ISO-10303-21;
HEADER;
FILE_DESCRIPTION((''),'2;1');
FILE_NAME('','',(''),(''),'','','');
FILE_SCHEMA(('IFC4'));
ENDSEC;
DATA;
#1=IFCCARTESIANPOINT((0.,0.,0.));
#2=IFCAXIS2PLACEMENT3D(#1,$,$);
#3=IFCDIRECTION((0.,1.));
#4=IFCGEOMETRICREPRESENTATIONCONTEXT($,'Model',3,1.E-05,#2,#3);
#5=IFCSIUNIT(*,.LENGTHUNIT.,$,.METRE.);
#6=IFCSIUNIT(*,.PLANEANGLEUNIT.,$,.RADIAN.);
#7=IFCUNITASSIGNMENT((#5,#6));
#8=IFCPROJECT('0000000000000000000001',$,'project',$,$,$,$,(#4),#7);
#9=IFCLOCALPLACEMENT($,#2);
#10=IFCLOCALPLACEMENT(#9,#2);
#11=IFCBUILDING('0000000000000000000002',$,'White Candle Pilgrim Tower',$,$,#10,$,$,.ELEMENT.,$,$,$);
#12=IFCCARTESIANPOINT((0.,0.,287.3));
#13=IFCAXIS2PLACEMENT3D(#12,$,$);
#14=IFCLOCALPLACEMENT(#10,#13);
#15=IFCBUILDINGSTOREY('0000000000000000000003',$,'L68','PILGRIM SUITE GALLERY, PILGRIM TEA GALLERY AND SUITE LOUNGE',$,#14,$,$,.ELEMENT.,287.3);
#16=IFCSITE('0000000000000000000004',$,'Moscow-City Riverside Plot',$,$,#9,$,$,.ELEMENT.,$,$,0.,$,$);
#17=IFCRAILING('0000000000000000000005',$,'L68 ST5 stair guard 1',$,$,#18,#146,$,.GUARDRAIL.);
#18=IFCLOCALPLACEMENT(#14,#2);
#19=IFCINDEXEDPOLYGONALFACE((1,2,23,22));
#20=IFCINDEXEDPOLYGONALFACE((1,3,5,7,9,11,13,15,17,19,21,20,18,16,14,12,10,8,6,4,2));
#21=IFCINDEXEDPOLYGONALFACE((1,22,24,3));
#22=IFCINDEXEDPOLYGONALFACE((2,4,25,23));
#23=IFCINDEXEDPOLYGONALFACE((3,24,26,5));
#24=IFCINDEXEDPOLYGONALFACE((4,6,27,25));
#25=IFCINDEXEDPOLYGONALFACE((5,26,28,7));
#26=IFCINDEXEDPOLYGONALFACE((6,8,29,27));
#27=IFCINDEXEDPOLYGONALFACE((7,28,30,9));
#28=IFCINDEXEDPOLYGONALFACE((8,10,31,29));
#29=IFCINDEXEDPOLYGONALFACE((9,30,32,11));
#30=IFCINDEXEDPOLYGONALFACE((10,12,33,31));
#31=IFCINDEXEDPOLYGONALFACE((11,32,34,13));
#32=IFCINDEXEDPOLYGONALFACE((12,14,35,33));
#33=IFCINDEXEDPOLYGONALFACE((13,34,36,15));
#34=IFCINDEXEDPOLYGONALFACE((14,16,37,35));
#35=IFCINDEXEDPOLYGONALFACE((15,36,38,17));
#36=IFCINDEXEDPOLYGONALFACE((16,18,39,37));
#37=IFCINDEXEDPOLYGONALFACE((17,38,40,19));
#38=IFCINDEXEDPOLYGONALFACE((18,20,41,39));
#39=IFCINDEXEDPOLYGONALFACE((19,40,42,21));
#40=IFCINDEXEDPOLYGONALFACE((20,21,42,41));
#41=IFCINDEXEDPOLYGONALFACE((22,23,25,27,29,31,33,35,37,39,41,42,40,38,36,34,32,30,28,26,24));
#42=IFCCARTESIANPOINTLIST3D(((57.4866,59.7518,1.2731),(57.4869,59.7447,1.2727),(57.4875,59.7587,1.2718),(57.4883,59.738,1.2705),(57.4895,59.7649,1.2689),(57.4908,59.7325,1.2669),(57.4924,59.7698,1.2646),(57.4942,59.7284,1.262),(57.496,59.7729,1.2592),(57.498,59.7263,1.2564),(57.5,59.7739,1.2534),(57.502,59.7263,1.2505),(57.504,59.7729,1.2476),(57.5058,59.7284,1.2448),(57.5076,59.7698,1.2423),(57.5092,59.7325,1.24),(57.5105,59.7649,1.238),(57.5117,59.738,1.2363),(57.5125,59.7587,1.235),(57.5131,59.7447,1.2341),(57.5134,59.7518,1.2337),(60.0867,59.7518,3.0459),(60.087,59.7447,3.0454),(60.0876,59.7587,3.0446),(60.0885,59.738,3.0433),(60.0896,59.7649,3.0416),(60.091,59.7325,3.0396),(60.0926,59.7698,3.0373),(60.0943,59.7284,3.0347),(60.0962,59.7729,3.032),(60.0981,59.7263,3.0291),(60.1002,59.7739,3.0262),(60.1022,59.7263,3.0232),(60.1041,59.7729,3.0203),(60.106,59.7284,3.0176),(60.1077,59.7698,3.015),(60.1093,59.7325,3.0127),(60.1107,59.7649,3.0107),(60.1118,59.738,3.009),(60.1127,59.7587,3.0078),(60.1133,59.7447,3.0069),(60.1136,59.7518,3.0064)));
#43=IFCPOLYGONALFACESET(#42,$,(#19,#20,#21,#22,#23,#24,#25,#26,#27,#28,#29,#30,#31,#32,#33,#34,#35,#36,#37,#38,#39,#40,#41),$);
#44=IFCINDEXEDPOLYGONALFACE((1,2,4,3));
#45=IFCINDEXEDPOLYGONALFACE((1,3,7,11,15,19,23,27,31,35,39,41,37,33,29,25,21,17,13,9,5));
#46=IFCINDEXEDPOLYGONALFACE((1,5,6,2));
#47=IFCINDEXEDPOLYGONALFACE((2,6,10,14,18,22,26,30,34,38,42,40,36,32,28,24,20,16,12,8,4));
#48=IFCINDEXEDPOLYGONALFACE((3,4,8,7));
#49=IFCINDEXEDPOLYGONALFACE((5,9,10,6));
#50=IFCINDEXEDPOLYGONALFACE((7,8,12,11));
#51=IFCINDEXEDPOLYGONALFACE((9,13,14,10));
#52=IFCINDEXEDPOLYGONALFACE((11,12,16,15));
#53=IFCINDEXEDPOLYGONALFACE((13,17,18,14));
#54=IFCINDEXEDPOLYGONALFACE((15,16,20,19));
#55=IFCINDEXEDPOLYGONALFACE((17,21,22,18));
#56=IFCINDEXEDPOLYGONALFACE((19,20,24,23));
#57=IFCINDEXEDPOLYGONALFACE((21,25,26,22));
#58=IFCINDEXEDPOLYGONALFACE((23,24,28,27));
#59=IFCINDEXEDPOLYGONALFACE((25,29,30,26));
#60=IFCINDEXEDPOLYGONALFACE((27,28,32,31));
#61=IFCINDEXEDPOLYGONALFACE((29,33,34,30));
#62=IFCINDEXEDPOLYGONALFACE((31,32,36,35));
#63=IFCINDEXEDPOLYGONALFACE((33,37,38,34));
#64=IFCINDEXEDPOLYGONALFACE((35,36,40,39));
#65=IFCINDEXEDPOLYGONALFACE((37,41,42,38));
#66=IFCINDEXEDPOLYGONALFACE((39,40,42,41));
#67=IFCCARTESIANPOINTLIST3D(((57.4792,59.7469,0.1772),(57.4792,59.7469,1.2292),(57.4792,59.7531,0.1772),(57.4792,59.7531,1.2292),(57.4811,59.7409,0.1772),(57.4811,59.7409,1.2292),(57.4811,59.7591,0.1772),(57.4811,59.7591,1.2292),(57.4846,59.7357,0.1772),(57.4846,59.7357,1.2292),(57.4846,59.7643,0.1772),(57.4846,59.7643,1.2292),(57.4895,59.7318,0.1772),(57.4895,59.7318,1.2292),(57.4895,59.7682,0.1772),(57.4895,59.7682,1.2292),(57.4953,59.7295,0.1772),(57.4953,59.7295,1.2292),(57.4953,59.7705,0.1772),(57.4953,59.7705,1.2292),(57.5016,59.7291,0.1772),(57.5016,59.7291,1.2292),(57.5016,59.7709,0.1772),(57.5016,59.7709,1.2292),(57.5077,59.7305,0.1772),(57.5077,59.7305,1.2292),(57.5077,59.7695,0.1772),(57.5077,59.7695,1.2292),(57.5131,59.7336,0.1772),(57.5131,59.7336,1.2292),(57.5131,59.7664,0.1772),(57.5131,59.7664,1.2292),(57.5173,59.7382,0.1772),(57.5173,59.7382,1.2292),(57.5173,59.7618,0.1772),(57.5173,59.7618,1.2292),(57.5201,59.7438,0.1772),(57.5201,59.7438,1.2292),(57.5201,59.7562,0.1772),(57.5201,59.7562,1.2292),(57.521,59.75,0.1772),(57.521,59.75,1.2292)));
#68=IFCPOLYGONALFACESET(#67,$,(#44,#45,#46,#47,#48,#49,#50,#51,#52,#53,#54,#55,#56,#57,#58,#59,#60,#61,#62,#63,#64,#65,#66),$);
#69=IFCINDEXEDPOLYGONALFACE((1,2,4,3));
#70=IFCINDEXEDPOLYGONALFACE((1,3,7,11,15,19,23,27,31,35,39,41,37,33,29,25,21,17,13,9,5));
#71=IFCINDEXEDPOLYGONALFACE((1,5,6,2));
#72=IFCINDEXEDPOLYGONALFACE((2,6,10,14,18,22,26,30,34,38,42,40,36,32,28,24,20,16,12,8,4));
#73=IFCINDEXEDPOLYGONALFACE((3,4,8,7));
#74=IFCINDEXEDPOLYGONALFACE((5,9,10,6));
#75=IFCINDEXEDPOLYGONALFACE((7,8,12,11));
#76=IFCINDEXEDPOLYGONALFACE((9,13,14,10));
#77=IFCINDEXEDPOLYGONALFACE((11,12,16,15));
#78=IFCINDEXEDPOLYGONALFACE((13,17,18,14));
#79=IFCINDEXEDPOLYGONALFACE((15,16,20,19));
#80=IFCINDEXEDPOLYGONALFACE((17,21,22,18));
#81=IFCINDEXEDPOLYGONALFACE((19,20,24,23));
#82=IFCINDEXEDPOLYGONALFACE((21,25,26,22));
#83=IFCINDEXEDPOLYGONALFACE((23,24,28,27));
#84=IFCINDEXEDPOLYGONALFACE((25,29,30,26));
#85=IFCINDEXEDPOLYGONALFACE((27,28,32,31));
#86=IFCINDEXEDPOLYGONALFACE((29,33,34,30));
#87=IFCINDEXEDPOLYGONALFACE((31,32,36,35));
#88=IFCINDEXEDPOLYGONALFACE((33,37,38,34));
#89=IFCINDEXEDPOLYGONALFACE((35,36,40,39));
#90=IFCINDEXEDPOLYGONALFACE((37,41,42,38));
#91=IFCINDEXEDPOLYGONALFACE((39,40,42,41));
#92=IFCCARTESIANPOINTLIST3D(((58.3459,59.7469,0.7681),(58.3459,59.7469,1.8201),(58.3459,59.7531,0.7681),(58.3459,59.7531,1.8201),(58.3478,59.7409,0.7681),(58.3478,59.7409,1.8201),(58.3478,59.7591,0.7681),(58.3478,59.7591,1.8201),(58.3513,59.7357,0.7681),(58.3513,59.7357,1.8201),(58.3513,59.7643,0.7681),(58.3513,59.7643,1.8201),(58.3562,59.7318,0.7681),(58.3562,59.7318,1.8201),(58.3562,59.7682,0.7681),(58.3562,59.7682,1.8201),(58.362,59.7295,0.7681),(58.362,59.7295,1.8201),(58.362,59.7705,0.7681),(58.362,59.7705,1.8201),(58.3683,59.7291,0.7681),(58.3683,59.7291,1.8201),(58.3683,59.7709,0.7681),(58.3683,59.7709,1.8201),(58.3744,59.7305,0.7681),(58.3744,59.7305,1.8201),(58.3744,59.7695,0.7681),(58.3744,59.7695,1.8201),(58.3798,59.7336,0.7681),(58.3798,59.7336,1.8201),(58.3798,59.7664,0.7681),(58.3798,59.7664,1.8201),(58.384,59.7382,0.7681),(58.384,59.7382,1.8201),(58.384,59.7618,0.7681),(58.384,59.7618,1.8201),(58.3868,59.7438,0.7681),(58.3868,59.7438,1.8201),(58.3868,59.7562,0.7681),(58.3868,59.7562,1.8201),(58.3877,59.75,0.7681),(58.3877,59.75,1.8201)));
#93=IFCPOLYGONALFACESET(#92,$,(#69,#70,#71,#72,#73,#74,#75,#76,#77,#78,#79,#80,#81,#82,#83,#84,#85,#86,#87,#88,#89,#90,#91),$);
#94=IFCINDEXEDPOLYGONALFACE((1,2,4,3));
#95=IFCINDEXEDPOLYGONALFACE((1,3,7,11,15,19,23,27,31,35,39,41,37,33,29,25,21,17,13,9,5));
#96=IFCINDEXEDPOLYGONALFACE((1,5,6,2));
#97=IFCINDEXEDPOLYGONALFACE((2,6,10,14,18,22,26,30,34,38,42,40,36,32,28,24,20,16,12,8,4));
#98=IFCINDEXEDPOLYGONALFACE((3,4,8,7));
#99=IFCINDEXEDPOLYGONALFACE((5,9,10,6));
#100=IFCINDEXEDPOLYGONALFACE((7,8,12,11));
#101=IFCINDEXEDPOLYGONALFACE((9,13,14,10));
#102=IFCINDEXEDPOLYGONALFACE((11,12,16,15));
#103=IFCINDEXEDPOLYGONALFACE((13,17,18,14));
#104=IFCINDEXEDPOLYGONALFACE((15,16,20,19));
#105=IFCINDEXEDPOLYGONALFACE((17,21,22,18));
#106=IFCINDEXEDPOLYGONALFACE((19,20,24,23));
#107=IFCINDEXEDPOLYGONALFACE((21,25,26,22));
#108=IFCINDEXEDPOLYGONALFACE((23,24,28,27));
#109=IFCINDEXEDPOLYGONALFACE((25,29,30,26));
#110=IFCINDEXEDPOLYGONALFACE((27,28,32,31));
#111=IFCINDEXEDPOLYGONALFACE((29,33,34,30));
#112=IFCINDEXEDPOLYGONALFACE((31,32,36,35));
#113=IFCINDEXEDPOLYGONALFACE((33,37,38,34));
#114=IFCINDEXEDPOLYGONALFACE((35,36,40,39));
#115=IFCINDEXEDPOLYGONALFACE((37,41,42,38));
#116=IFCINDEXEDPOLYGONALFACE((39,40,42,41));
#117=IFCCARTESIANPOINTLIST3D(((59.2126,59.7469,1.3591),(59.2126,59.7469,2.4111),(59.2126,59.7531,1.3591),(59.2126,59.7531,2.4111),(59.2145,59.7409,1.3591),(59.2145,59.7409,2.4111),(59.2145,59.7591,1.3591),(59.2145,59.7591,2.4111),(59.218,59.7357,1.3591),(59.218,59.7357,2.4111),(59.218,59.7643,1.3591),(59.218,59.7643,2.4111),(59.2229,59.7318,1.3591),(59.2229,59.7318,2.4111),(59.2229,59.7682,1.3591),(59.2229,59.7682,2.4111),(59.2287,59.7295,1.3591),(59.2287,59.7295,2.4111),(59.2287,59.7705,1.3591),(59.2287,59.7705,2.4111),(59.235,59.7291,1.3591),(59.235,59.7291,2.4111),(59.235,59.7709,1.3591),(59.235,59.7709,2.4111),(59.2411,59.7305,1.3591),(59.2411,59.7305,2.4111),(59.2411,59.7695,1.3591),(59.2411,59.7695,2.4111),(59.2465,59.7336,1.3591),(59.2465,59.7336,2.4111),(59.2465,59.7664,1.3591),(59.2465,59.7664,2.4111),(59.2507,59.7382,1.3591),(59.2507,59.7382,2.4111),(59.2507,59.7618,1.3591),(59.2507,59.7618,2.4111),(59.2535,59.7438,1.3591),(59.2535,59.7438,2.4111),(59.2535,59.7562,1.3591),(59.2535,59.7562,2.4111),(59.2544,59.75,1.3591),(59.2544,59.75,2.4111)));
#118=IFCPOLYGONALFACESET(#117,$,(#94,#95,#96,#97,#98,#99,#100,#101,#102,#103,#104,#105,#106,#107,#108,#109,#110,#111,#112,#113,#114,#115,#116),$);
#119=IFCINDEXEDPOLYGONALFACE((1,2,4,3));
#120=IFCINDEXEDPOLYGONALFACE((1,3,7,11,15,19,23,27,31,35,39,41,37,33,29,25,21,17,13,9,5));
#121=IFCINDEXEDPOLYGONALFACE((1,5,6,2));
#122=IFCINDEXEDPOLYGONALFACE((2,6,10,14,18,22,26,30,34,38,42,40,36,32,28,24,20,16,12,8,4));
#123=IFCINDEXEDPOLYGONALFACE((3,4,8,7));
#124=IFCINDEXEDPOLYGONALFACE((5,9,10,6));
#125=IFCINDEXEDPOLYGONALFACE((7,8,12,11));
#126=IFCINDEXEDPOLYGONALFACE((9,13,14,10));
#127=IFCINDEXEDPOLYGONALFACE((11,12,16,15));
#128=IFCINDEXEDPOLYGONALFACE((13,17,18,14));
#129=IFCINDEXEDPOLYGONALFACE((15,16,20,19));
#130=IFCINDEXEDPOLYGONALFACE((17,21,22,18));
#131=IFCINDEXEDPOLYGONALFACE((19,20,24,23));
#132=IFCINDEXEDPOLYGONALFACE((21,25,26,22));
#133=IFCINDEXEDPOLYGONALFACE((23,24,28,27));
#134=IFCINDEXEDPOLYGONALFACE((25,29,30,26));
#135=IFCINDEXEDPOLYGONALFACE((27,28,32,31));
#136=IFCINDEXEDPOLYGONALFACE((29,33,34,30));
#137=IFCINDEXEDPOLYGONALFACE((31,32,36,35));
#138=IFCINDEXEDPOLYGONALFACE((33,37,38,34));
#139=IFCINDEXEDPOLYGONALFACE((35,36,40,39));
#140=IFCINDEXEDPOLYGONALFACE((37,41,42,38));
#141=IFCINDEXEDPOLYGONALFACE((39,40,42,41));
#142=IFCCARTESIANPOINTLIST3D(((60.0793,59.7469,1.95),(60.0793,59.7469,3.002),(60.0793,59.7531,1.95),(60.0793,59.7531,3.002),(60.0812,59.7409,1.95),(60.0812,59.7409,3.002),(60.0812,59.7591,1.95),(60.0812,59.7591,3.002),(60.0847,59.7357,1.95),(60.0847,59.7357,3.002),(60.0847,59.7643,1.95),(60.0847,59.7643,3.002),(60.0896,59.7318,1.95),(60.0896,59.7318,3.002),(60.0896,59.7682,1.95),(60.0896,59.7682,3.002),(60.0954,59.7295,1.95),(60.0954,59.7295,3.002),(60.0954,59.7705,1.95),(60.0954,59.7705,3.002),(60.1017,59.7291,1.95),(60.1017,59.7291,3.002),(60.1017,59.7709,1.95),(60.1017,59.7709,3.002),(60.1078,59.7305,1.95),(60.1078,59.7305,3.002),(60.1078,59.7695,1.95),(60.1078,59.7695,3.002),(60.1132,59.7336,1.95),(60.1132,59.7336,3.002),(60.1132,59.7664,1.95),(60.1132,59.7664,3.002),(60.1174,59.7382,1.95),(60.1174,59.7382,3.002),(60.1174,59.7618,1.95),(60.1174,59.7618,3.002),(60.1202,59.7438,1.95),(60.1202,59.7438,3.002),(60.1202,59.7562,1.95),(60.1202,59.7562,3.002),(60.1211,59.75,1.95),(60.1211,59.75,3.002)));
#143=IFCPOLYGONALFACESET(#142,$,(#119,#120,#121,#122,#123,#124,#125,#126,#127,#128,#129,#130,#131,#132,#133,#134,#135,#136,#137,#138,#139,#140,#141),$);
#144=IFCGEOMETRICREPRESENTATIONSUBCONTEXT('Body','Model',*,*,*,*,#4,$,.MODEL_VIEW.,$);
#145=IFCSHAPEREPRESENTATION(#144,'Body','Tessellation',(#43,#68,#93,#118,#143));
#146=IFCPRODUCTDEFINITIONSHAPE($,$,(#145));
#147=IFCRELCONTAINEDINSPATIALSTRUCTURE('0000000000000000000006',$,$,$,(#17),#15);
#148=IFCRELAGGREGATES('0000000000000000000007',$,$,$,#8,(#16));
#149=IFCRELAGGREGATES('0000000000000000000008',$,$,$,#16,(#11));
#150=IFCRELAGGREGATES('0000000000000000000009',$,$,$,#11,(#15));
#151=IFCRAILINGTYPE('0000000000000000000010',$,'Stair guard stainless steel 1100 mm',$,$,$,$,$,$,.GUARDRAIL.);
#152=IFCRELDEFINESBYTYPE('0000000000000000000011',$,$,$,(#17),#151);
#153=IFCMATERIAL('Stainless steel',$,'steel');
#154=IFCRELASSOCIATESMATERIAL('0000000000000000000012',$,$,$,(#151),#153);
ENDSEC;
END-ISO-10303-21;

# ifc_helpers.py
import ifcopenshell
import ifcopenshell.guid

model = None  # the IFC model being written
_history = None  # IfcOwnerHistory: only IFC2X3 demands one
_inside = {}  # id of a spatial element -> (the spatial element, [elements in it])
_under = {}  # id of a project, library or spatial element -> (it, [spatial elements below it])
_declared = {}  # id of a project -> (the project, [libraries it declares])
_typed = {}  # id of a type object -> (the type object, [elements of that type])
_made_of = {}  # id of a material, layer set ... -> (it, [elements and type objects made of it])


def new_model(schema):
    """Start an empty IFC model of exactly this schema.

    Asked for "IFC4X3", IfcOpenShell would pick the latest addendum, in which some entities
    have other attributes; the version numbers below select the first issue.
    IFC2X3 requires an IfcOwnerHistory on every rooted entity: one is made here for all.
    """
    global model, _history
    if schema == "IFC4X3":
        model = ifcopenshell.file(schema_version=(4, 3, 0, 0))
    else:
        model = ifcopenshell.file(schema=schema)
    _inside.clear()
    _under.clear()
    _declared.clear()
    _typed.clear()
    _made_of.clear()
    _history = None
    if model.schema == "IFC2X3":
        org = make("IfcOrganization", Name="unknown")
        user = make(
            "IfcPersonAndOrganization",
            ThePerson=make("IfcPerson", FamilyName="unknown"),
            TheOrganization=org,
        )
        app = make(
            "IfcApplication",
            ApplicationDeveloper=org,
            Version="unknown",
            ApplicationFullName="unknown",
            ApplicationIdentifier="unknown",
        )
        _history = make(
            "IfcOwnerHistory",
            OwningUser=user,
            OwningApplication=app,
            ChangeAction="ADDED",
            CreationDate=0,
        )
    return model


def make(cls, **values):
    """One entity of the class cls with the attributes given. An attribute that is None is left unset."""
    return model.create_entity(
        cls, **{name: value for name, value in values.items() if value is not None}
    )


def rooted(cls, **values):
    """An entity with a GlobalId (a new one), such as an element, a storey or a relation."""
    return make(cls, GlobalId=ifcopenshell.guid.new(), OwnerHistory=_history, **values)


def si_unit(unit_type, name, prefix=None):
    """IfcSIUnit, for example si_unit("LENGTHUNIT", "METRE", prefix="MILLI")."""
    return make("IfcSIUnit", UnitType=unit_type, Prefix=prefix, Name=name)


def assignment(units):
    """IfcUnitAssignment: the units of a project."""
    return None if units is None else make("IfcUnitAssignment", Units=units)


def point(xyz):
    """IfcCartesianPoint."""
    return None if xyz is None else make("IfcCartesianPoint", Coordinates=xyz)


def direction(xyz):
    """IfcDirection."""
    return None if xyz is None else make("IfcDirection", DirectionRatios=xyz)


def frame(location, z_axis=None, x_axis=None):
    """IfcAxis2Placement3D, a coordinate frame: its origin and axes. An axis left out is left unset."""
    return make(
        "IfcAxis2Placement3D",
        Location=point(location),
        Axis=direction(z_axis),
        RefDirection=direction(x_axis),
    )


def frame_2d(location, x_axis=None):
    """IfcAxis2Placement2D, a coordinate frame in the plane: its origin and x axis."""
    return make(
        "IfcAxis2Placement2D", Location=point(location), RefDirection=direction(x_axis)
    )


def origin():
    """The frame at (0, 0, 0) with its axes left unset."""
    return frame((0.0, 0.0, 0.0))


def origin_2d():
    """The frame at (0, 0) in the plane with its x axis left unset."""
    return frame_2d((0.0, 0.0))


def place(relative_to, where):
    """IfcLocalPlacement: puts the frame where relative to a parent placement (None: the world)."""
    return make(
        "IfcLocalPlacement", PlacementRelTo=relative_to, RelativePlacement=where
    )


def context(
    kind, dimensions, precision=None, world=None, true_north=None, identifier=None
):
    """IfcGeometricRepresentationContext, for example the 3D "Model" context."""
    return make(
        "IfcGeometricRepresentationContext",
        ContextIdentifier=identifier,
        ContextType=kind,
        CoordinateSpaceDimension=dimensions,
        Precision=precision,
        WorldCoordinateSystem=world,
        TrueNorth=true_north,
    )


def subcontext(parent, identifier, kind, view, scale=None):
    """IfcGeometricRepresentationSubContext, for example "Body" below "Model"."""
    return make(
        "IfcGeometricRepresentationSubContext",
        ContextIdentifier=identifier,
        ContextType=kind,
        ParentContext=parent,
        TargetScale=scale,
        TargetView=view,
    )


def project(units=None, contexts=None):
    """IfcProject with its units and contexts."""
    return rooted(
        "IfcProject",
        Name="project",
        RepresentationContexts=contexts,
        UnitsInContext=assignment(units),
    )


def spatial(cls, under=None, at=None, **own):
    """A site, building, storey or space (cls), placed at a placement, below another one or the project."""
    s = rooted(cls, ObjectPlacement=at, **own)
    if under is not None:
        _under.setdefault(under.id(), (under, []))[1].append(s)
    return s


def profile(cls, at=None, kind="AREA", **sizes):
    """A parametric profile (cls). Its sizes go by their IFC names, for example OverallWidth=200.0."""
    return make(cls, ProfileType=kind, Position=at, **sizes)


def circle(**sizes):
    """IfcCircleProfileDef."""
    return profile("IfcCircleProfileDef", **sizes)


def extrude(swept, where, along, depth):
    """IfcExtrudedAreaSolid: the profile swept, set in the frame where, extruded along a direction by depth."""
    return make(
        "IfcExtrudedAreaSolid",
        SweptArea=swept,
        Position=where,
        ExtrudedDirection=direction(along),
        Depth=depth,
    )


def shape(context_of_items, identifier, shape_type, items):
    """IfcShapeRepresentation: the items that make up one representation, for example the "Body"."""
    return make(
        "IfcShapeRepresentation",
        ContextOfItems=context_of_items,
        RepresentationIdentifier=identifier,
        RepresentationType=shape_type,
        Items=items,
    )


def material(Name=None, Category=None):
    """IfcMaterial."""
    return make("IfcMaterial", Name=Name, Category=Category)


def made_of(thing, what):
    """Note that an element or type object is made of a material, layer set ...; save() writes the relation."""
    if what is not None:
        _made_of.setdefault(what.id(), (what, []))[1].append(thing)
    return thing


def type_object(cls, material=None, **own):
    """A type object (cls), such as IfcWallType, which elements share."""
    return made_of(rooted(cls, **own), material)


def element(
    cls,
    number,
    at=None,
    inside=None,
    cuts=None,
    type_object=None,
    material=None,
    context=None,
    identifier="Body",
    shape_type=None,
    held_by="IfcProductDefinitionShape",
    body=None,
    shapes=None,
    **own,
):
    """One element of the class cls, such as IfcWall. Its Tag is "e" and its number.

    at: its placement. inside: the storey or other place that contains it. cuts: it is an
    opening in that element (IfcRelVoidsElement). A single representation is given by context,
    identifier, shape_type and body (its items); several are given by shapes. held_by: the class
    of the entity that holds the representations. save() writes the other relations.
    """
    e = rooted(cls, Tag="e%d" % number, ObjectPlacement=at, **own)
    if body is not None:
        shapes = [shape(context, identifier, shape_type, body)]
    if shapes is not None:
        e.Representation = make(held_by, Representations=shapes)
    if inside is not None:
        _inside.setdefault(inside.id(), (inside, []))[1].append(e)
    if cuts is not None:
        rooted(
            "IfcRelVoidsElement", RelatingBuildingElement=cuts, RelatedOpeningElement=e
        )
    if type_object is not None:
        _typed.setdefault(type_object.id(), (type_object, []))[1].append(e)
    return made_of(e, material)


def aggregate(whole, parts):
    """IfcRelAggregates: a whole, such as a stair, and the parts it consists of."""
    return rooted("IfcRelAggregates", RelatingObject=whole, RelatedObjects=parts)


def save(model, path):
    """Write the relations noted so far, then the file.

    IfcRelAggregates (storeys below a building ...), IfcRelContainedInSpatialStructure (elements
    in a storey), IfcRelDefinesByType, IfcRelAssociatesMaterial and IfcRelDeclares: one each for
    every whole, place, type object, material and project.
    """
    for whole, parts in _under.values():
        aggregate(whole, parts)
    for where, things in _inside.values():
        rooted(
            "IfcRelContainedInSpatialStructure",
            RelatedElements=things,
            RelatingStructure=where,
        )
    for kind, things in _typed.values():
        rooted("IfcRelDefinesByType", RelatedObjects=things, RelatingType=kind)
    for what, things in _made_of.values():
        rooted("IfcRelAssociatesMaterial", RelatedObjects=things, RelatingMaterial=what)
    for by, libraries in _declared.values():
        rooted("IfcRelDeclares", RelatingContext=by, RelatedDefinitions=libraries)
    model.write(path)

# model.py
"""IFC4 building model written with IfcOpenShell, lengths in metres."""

from ifc_helpers import new_model, si_unit, direction, frame, origin, origin_2d, place, context, subcontext, project, spatial, circle, extrude, material, type_object, element, save


model = new_model("IFC4")

# Units and contexts
model_context = context("Model", 3, precision=1e-05, world=origin(), true_north=direction((0.0, 1.0)))
body_context = subcontext(model_context, "Body", "Model", "MODEL_VIEW")
ifc_project = project(units=[si_unit("LENGTHUNIT", "METRE"), si_unit("PLANEANGLEUNIT", "RADIAN")], contexts=[model_context])

# Site, building, storey
site_placement = place(None, origin())
site = spatial("IfcSite", under=ifc_project, at=site_placement, Name="Moscow-City Riverside Plot", CompositionType="ELEMENT", RefElevation=0.0)
building_placement = place(site_placement, origin())
building = spatial("IfcBuilding", under=site, at=building_placement, Name="White Candle Pilgrim Tower", CompositionType="ELEMENT")
storey_placement = place(building_placement, frame((0.0, 0.0, 287.3)))
storey = spatial("IfcBuildingStorey", under=building, at=storey_placement, Name="L68", Description="PILGRIM SUITE GALLERY, PILGRIM TEA GALLERY AND SUITE LOUNGE", CompositionType="ELEMENT", Elevation=287.3)

# Railing
ifc_material_1 = material(Name="Stainless steel", Category="steel")
railing_type_1 = type_object("IfcRailingType", Name="Stair guard stainless steel 1100 mm", PredefinedType="GUARDRAIL", material=ifc_material_1)
railing_1_placement = place(storey_placement, frame((57.5, 59.75, 0.1772)))
element("IfcRailing", 1, at=railing_1_placement, inside=storey, type_object=railing_type_1, Name="L68 ST5 stair guard 1", PredefinedType="GUARDRAIL", context=body_context, shape_type="SweptSolid", body=[
    extrude(circle(Radius=0.0239, at=origin_2d()), frame((0.0, 0.0, 1.0762), z_axis=(0.82624, 0.0, 0.563318), x_axis=(0.0, 1.0, 0.0)), (0.0, 0.0, 1.0), 3.147),
    extrude(circle(Radius=0.021, at=origin_2d()), origin(), (0.0, 0.0, 1.0), 1.052),
    extrude(circle(Radius=0.021, at=origin_2d()), frame((0.8667, 0.0, 0.5908)), (0.0, 0.0, 1.0), 1.052),
    extrude(circle(Radius=0.021, at=origin_2d()), frame((1.7334, 0.0, 1.1819)), (0.0, 0.0, 1.0), 1.052),
    extrude(circle(Radius=0.021, at=origin_2d()), frame((2.6001, 0.0, 1.7727)), (0.0, 0.0, 1.0), 1.052),
])

save(model, "model.ifc")
